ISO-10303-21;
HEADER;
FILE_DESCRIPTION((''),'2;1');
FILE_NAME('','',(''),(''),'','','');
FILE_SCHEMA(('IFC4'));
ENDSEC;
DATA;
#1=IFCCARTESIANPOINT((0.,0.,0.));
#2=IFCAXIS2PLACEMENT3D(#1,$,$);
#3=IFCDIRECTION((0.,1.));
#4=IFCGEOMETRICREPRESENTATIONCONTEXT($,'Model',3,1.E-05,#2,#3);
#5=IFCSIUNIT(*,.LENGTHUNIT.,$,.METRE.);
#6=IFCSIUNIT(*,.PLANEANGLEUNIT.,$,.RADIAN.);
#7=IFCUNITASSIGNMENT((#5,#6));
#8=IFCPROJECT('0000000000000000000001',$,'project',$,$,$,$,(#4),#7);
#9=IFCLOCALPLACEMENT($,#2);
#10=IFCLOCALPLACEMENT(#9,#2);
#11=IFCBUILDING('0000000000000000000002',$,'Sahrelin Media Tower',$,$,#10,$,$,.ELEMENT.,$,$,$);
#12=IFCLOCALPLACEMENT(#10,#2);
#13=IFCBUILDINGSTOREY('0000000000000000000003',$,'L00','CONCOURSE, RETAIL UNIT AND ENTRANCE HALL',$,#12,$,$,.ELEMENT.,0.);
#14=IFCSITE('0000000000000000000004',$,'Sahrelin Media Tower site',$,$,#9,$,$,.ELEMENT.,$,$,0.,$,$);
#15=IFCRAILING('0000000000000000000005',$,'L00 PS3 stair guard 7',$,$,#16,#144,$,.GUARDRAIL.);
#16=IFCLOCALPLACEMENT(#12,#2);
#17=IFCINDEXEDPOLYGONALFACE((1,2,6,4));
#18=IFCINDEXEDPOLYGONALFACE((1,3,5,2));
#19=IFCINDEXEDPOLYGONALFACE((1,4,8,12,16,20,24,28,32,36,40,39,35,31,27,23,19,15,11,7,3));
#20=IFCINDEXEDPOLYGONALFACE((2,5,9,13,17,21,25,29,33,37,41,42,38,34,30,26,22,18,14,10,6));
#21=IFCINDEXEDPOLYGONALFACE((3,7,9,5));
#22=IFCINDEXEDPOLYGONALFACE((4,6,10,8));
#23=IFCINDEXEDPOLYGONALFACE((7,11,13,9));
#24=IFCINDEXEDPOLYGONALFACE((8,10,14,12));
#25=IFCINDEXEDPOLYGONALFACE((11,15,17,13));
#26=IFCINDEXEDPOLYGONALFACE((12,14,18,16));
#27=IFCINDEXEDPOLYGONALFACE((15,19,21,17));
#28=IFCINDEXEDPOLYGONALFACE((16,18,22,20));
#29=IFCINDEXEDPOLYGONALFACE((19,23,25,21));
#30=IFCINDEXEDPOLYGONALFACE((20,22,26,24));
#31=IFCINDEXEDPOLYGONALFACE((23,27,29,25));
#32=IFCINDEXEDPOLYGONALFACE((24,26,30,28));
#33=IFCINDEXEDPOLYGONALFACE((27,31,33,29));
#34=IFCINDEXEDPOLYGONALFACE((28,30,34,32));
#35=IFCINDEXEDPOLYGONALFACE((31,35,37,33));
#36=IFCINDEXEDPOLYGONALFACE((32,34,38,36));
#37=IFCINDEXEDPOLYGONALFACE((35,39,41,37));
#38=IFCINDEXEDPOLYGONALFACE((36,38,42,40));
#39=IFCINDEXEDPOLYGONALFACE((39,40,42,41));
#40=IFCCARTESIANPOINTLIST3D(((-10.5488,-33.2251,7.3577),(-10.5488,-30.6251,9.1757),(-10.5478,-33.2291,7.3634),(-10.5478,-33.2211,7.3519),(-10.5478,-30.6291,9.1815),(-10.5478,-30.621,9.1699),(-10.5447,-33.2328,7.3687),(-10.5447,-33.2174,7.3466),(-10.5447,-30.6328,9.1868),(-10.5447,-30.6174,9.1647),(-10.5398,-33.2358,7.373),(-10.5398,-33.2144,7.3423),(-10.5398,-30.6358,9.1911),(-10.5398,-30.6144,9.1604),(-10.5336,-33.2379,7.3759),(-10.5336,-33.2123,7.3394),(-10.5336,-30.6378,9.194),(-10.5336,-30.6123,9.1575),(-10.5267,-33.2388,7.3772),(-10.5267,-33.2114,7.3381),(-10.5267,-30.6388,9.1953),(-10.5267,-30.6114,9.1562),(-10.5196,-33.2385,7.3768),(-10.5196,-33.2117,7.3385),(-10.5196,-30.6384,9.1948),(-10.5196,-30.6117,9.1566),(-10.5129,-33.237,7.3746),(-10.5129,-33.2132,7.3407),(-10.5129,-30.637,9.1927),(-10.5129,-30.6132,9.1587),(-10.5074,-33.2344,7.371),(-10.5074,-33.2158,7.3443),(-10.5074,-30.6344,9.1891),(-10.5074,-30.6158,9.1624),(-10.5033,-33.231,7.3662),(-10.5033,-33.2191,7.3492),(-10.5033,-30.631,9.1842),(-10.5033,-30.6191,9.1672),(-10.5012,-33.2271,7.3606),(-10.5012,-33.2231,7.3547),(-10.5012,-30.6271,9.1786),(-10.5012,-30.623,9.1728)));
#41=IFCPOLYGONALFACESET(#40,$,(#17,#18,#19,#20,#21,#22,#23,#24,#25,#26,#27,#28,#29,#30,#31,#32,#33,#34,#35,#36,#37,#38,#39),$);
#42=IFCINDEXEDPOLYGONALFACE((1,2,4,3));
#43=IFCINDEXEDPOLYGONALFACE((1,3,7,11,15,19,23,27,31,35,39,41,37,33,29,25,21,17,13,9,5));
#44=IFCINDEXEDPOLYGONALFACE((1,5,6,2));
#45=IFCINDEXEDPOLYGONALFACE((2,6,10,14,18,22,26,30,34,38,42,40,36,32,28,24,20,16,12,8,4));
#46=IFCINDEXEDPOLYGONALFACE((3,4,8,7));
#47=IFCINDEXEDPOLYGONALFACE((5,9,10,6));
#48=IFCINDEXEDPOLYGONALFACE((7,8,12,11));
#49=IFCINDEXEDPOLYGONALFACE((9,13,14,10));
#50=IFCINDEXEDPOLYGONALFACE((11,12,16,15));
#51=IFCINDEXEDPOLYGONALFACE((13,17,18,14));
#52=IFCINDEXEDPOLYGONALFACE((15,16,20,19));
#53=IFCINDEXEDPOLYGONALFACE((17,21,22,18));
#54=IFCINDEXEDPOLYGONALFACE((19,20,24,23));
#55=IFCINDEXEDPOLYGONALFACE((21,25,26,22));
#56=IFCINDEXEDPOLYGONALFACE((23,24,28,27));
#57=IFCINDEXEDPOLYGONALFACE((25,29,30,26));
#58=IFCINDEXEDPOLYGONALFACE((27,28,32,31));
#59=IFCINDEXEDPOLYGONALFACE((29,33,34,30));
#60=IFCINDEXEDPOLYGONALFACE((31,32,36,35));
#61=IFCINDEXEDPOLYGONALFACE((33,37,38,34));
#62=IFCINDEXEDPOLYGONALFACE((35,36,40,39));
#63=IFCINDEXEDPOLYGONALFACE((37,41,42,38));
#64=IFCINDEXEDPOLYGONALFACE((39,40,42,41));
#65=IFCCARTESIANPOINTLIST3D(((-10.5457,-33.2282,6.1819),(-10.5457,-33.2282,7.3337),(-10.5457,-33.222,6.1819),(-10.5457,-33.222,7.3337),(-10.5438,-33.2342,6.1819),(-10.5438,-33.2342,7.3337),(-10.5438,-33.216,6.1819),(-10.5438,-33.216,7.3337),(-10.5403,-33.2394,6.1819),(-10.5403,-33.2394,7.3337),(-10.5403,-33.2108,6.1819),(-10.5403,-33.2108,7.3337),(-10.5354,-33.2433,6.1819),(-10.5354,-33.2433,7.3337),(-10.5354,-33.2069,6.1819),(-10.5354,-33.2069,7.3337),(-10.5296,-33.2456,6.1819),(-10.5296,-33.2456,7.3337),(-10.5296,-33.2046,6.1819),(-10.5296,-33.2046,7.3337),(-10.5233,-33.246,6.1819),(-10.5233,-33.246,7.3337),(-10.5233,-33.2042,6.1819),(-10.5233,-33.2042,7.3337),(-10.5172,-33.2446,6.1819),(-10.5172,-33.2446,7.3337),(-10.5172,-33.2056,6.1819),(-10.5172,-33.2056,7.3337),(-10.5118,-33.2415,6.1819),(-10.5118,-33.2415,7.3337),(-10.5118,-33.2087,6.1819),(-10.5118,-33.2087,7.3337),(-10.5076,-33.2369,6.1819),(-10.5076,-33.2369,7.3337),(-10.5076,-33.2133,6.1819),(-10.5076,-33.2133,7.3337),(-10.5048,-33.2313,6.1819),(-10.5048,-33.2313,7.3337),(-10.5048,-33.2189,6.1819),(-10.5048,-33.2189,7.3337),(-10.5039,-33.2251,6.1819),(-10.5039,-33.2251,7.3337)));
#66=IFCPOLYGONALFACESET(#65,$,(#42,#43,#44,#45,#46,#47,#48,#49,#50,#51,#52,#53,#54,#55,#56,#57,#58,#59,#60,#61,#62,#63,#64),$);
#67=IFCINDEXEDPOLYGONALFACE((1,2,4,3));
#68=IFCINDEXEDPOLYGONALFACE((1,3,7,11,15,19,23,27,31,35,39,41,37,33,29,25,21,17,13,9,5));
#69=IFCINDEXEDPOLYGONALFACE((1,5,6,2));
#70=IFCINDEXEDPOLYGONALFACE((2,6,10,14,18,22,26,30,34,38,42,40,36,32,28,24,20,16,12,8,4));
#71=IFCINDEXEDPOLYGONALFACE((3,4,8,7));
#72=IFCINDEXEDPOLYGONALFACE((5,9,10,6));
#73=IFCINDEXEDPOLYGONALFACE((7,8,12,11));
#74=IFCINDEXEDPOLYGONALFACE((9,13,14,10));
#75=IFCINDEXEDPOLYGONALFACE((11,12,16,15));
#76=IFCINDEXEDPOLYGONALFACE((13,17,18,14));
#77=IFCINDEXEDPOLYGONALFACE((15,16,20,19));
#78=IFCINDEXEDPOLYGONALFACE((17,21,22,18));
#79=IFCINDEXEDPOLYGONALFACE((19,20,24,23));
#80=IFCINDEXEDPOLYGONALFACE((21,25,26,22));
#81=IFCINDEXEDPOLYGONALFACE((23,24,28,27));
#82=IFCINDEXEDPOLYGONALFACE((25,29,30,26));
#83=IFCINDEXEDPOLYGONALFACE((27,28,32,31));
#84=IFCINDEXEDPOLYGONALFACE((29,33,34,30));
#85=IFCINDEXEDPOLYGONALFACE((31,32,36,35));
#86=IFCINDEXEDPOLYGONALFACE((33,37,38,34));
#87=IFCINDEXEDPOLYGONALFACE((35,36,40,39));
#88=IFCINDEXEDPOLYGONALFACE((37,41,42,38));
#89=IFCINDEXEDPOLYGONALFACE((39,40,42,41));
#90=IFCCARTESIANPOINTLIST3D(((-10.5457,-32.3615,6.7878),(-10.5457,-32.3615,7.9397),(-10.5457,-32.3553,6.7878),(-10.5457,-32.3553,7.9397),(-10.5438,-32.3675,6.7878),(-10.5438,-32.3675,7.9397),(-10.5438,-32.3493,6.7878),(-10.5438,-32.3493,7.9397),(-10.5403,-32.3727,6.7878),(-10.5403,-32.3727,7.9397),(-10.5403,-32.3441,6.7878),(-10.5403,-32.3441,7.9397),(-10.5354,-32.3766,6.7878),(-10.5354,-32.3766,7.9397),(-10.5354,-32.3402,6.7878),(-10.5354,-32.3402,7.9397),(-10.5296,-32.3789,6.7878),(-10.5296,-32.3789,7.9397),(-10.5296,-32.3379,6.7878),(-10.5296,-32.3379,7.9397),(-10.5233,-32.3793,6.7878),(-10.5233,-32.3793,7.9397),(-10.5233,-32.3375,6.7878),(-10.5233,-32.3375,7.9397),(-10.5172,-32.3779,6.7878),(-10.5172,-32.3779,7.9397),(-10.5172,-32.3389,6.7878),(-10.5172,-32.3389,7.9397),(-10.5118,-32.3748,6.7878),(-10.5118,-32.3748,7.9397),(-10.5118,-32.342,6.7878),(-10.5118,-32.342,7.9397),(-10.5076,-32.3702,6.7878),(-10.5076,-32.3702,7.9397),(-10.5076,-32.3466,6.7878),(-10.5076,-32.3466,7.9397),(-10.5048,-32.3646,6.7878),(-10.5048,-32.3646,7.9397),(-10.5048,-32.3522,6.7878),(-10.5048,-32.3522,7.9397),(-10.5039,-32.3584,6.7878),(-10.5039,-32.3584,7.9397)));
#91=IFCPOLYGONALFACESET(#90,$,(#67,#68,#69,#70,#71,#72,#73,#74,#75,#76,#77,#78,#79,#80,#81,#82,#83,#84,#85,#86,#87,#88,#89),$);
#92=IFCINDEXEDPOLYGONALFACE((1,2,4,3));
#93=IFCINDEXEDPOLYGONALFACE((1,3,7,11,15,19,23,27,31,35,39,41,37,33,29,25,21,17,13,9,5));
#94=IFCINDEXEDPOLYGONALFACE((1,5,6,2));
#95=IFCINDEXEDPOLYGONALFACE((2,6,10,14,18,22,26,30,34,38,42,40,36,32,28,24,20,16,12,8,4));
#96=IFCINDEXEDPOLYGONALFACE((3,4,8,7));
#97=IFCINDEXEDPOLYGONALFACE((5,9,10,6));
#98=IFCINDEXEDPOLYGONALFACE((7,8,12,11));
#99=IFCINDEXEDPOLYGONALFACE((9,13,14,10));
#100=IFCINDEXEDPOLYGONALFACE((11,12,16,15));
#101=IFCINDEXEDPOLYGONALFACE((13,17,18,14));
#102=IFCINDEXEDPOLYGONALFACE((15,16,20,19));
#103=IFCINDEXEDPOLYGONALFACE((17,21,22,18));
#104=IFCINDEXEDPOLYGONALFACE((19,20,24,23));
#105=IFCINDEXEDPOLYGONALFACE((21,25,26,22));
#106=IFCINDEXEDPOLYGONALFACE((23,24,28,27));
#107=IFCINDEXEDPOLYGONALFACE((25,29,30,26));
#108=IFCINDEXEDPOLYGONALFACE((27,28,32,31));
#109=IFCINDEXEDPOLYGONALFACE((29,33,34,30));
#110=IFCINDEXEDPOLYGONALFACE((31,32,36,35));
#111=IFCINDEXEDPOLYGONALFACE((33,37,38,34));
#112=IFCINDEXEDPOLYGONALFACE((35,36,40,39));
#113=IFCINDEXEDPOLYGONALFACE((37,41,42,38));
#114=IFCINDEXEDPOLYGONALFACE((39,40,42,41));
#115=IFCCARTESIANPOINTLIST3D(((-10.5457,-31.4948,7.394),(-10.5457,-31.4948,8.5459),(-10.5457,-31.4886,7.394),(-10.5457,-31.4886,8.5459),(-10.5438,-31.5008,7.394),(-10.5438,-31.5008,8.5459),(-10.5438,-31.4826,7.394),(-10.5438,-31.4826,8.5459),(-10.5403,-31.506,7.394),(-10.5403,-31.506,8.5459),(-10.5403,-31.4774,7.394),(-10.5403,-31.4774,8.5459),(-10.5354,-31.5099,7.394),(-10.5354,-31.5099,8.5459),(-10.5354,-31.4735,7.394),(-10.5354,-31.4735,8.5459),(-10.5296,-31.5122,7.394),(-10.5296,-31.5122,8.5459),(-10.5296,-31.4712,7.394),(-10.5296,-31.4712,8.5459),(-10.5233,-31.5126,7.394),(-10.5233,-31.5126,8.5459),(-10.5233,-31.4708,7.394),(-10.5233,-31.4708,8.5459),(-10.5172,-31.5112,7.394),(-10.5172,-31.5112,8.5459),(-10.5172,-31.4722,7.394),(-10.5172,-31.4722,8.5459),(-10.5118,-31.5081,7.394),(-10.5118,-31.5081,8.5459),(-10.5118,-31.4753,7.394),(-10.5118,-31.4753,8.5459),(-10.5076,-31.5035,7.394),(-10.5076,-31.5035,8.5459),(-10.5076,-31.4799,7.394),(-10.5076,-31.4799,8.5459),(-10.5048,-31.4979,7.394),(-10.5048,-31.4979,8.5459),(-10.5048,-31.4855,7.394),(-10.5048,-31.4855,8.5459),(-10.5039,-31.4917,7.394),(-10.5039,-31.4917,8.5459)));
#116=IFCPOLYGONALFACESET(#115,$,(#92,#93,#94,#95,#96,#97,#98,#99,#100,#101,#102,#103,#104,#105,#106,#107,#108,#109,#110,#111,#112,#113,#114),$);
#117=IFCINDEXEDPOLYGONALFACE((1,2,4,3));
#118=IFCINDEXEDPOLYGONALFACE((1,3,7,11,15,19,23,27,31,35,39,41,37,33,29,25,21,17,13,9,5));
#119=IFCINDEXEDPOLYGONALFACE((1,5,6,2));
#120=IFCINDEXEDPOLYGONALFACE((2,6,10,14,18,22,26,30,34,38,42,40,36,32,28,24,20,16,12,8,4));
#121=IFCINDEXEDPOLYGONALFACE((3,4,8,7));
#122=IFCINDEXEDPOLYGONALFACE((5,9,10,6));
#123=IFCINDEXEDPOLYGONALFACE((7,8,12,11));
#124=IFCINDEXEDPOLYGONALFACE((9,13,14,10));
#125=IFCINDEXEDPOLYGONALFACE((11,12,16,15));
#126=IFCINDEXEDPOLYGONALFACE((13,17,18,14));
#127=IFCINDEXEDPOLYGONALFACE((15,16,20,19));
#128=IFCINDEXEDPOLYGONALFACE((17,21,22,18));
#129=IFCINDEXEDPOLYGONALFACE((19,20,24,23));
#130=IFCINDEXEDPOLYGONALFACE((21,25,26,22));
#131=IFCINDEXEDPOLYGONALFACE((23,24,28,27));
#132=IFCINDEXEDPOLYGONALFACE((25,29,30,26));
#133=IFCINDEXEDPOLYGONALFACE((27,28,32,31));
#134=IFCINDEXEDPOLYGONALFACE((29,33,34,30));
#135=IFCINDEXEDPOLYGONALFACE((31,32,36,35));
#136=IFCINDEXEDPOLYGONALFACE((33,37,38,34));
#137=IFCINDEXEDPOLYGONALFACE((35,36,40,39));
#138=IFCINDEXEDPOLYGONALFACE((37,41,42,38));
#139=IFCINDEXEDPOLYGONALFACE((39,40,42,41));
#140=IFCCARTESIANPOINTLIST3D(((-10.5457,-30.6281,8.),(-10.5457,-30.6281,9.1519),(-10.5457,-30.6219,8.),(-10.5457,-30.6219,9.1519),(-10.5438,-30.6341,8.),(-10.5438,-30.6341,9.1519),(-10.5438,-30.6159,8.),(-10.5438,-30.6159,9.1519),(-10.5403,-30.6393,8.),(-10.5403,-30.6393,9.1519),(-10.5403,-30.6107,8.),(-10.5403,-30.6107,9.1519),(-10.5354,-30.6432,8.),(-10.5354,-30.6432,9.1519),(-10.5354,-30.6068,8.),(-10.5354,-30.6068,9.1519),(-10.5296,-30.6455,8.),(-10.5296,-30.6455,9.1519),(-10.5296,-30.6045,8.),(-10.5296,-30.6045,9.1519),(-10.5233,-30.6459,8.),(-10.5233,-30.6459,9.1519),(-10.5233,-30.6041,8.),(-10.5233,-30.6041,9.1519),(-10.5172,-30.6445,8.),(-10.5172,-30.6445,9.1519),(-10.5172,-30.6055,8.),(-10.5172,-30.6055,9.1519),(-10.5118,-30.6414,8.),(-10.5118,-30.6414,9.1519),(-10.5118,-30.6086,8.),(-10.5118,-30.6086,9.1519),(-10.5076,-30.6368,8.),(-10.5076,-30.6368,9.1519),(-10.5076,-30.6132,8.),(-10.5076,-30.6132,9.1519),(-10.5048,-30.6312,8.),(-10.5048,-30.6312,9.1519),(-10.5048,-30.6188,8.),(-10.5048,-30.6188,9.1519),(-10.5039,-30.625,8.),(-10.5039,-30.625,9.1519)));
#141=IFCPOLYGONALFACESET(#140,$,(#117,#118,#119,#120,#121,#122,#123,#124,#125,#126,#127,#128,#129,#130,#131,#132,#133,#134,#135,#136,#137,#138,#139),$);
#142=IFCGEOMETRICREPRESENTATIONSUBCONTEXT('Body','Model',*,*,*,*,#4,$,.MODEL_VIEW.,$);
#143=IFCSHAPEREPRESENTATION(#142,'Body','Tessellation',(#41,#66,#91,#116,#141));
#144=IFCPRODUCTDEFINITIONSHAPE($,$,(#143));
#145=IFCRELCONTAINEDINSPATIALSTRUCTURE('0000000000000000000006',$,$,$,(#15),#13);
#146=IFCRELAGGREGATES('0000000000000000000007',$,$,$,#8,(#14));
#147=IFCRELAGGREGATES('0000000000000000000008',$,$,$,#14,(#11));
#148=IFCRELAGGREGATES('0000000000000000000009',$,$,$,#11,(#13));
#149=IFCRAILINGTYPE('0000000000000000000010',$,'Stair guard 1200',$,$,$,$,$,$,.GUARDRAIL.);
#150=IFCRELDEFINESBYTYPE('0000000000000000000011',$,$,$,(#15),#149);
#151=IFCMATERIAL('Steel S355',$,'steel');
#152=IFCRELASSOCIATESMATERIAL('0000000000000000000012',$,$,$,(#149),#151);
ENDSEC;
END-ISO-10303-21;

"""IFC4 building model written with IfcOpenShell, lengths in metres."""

from ifc_helpers import new_model, si_unit, direction, frame, origin, origin_2d, place, context, subcontext, project, spatial, circle, extrude, material, type_object, element, save


model = new_model("IFC4")

# Units and contexts
model_context = context("Model", 3, precision=1e-05, world=origin(), true_north=direction((0.0, 1.0)))
body_context = subcontext(model_context, "Body", "Model", "MODEL_VIEW")
ifc_project = project(units=[si_unit("LENGTHUNIT", "METRE"), si_unit("PLANEANGLEUNIT", "RADIAN")], contexts=[model_context])

# Site, building, storey
site_placement = place(None, origin())
site = spatial("IfcSite", under=ifc_project, at=site_placement, Name="Sahrelin Media Tower site", CompositionType="ELEMENT", RefElevation=0.0)
building_placement = place(site_placement, origin())
building = spatial("IfcBuilding", under=site, at=building_placement, Name="Sahrelin Media Tower", CompositionType="ELEMENT")
storey_placement = place(building_placement, origin())
storey = spatial("IfcBuildingStorey", under=building, at=storey_placement, Name="L00", Description="CONCOURSE, RETAIL UNIT AND ENTRANCE HALL", CompositionType="ELEMENT", Elevation=0.0)

# Shared definitions
ifc_material_1 = material(Name="Steel S355", Category="steel")

# Railing
railing_type_1 = type_object("IfcRailingType", Name="Stair guard 1200", PredefinedType="GUARDRAIL", material=ifc_material_1)
railing_1_placement = place(storey_placement, frame((-10.5249, -33.2251, 6.1819)))
element("IfcRailing", 1, at=railing_1_placement, inside=storey, type_object=railing_type_1, Name="L00 PS3 stair guard 7", PredefinedType="GUARDRAIL", context=body_context, shape_type="SweptSolid", body=[
    extrude(circle(Radius=0.0239, at=origin_2d()), frame((0.0, 0.0, 1.1758), z_axis=(0.0, 0.819521, 0.573049), x_axis=(-1.0, 0.0, 0.0)), (0.0, 0.0, 1.0), 3.1726),
    extrude(circle(Radius=0.021, at=origin_2d()), origin(), (0.0, 0.0, 1.0), 1.1519),
    extrude(circle(Radius=0.021, at=origin_2d()), frame((0.0, 0.8667, 0.606)), (0.0, 0.0, 1.0), 1.1519),
    extrude(circle(Radius=0.021, at=origin_2d()), frame((0.0, 1.7334, 1.2122)), (0.0, 0.0, 1.0), 1.1519),
    extrude(circle(Radius=0.021, at=origin_2d()), frame((0.0, 2.6001, 1.8181)), (0.0, 0.0, 1.0), 1.1519),
])

save(model, "model.ifc")
